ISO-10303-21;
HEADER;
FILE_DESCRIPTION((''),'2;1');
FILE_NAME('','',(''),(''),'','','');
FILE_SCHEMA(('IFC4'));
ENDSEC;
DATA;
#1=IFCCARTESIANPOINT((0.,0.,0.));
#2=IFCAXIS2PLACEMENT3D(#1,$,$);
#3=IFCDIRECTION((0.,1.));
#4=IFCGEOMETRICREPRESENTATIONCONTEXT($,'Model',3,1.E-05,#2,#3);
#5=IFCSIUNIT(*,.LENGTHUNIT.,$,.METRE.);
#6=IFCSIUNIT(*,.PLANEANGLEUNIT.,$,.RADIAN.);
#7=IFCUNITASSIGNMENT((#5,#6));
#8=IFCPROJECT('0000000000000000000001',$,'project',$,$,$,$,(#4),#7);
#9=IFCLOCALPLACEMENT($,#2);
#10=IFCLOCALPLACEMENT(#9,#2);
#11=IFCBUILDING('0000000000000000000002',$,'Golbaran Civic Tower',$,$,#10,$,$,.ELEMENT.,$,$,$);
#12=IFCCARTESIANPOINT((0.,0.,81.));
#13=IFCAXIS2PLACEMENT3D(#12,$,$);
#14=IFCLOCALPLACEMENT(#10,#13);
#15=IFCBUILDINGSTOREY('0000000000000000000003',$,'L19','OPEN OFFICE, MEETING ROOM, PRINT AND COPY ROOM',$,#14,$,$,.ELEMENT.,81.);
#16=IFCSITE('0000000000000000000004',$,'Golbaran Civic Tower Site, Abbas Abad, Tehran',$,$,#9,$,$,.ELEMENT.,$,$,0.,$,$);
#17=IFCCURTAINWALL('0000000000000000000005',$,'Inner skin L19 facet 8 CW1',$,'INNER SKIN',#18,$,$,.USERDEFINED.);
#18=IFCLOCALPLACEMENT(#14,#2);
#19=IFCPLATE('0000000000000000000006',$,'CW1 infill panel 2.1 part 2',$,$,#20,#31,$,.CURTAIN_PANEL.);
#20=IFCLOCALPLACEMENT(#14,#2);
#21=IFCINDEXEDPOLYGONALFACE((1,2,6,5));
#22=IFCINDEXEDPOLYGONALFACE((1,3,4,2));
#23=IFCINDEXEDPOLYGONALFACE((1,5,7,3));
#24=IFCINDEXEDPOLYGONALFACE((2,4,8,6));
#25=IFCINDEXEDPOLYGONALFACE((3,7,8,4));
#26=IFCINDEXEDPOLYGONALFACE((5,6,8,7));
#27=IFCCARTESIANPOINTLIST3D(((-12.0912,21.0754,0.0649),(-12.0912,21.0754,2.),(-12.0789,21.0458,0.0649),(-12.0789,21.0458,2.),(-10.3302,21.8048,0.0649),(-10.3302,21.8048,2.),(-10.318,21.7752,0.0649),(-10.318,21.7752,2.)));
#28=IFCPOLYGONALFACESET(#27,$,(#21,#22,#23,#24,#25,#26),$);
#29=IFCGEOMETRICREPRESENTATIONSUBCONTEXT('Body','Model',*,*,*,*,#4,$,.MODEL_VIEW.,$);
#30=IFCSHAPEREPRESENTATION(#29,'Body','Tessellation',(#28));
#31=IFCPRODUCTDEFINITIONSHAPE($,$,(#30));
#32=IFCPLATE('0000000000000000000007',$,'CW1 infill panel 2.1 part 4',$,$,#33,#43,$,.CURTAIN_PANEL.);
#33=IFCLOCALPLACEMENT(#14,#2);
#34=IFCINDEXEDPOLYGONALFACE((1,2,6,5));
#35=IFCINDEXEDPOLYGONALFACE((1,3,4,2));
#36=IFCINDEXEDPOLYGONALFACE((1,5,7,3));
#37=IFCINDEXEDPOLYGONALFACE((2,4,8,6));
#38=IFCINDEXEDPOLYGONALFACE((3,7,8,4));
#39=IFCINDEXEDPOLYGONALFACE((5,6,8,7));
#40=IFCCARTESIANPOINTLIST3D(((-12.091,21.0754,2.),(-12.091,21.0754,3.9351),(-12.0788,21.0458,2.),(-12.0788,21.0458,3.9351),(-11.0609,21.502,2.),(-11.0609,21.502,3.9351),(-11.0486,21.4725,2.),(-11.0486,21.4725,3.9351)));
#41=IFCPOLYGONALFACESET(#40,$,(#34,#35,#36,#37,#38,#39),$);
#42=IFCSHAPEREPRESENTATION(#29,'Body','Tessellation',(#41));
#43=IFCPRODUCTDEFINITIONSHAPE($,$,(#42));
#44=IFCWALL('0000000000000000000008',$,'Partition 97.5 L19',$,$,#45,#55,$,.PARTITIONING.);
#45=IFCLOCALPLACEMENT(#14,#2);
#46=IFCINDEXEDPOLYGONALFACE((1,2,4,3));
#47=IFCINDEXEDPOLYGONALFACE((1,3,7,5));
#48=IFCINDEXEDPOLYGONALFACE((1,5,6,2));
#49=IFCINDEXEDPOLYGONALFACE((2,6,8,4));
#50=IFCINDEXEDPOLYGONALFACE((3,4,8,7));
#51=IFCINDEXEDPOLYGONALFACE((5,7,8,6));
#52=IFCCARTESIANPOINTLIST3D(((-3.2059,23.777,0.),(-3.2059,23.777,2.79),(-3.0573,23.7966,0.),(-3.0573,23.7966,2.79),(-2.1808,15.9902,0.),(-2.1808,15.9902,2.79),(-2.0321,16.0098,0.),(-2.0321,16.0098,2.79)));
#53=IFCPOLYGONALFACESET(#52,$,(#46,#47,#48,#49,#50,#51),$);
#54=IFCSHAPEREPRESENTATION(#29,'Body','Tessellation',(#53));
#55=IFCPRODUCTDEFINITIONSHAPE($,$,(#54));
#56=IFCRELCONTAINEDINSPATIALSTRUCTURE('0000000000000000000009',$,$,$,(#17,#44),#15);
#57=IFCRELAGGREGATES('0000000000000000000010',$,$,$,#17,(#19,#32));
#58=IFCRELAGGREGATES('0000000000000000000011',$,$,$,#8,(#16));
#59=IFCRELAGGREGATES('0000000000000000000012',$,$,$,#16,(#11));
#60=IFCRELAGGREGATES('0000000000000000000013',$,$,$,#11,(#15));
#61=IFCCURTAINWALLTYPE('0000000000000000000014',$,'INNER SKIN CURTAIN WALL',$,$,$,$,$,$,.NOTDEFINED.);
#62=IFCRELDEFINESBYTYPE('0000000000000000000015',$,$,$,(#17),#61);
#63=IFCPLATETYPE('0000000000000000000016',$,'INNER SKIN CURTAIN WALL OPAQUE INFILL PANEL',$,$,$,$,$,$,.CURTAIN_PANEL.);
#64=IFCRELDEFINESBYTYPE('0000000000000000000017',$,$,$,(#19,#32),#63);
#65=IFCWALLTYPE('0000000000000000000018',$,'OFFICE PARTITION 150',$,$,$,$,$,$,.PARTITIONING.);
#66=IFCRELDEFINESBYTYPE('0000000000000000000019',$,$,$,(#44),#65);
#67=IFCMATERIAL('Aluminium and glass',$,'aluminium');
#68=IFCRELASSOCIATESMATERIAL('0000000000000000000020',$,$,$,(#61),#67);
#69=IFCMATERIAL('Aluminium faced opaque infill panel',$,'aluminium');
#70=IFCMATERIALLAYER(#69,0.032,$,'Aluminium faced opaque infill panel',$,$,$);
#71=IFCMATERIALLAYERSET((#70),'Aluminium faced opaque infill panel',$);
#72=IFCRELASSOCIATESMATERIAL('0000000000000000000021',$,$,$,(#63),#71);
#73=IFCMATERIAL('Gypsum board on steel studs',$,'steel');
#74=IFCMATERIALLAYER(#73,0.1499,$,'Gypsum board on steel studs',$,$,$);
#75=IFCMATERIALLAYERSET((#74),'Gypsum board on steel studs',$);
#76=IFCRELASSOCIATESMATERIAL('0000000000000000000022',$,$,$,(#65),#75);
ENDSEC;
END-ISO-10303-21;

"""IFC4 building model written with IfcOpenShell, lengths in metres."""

from ifc_helpers import new_model, si_unit, direction, frame, frame_2d, origin, origin_2d, place, context, subcontext, project, spatial, rectangle, extrude, material, layer, layer_set, type_object, element, aggregate, save


model = new_model("IFC4")

# Units and contexts
model_context = context("Model", 3, precision=1e-05, world=origin(), true_north=direction((0.0, 1.0)))
body_context = subcontext(model_context, "Body", "Model", "MODEL_VIEW")
ifc_project = project(units=[si_unit("LENGTHUNIT", "METRE"), si_unit("PLANEANGLEUNIT", "RADIAN")], contexts=[model_context])

# Site, building, storey
site_placement = place(None, origin())
site = spatial("IfcSite", under=ifc_project, at=site_placement, Name="Golbaran Civic Tower Site, Abbas Abad, Tehran", CompositionType="ELEMENT", RefElevation=0.0)
building_placement = place(site_placement, origin())
building = spatial("IfcBuilding", under=site, at=building_placement, Name="Golbaran Civic Tower", CompositionType="ELEMENT")
storey_placement = place(building_placement, frame((0.0, 0.0, 81.0)))
storey = spatial("IfcBuildingStorey", under=building, at=storey_placement, Name="L19", Description="OPEN OFFICE, MEETING ROOM, PRINT AND COPY ROOM", CompositionType="ELEMENT", Elevation=81.0)

# Curtain wall
ifc_material_1 = material(Name="Aluminium and glass", Category="aluminium")
curtain_wall_type = type_object("IfcCurtainWallType", Name="INNER SKIN CURTAIN WALL", PredefinedType="NOTDEFINED", material=ifc_material_1)
curtain_wall_1_placement = place(storey_placement, origin())
curtain_wall_1 = element("IfcCurtainWall", 1, at=curtain_wall_1_placement, inside=storey, type_object=curtain_wall_type, Name="Inner skin L19 facet 8 CW1", ObjectType="INNER SKIN", PredefinedType="USERDEFINED")

# Plates
ifc_material_2 = material(Name="Aluminium faced opaque infill panel", Category="aluminium")
ifc_layer_1 = layer(ifc_material_2, 0.032, Name="Aluminium faced opaque infill panel")
ifc_layer_set_1 = layer_set([ifc_layer_1], Name="Aluminium faced opaque infill panel")
plate_type_1 = type_object("IfcPlateType", Name="INNER SKIN CURTAIN WALL OPAQUE INFILL PANEL", PredefinedType="CURTAIN_PANEL", material=ifc_layer_set_1)
plate_1_placement = place(storey_placement, frame((-11.2046, 21.4253, 0.0649), z_axis=(0.0, 0.0, 1.0), x_axis=(-0.92388, -0.382683, 0.0)))
plate_1 = element("IfcPlate", 2, at=plate_1_placement, type_object=plate_type_1, Name="CW1 infill panel 2.1 part 2", PredefinedType="CURTAIN_PANEL", context=body_context, shape_type="SweptSolid", body=[
    extrude(rectangle(XDim=1.906, YDim=0.032, at=origin_2d()), origin(), (0.0, 0.0, 1.0), 1.9351),
])
plate_2_placement = place(storey_placement, frame((-11.5698, 21.2739, 2.0), z_axis=(0.0, 0.0, 1.0), x_axis=(-0.92388, -0.382683, 0.0)))
plate_2 = element("IfcPlate", 3, at=plate_2_placement, type_object=plate_type_1, Name="CW1 infill panel 2.1 part 4", PredefinedType="CURTAIN_PANEL", context=body_context, shape_type="SweptSolid", body=[
    extrude(rectangle(XDim=1.115, YDim=0.032, at=origin_2d()), origin(), (0.0, 0.0, 1.0), 1.9351),
])
aggregate(curtain_wall_1, [plate_1, plate_2])

# Wall
ifc_material_3 = material(Name="Gypsum board on steel studs", Category="steel")
ifc_layer_2 = layer(ifc_material_3, 0.1499, Name="Gypsum board on steel studs")
ifc_layer_set_2 = layer_set([ifc_layer_2], Name="Gypsum board on steel studs")
wall_type = type_object("IfcWallType", Name="OFFICE PARTITION 150", PredefinedType="PARTITIONING", material=ifc_layer_set_2)
wall_placement = place(storey_placement, frame((-2.1064, 16.0, 0.0), z_axis=(0.0, 0.0, 1.0), x_axis=(-0.130524, 0.991445, 0.0)))
element("IfcWall", 4, at=wall_placement, inside=storey, type_object=wall_type, Name="Partition 97.5 L19", PredefinedType="PARTITIONING", context=body_context, shape_type="SweptSolid", body=[
    extrude(rectangle(XDim=7.854, YDim=0.1499, at=frame_2d((3.927, 0.0))), origin(), (0.0, 0.0, 1.0), 2.79),
])

save(model, "model.ifc")
